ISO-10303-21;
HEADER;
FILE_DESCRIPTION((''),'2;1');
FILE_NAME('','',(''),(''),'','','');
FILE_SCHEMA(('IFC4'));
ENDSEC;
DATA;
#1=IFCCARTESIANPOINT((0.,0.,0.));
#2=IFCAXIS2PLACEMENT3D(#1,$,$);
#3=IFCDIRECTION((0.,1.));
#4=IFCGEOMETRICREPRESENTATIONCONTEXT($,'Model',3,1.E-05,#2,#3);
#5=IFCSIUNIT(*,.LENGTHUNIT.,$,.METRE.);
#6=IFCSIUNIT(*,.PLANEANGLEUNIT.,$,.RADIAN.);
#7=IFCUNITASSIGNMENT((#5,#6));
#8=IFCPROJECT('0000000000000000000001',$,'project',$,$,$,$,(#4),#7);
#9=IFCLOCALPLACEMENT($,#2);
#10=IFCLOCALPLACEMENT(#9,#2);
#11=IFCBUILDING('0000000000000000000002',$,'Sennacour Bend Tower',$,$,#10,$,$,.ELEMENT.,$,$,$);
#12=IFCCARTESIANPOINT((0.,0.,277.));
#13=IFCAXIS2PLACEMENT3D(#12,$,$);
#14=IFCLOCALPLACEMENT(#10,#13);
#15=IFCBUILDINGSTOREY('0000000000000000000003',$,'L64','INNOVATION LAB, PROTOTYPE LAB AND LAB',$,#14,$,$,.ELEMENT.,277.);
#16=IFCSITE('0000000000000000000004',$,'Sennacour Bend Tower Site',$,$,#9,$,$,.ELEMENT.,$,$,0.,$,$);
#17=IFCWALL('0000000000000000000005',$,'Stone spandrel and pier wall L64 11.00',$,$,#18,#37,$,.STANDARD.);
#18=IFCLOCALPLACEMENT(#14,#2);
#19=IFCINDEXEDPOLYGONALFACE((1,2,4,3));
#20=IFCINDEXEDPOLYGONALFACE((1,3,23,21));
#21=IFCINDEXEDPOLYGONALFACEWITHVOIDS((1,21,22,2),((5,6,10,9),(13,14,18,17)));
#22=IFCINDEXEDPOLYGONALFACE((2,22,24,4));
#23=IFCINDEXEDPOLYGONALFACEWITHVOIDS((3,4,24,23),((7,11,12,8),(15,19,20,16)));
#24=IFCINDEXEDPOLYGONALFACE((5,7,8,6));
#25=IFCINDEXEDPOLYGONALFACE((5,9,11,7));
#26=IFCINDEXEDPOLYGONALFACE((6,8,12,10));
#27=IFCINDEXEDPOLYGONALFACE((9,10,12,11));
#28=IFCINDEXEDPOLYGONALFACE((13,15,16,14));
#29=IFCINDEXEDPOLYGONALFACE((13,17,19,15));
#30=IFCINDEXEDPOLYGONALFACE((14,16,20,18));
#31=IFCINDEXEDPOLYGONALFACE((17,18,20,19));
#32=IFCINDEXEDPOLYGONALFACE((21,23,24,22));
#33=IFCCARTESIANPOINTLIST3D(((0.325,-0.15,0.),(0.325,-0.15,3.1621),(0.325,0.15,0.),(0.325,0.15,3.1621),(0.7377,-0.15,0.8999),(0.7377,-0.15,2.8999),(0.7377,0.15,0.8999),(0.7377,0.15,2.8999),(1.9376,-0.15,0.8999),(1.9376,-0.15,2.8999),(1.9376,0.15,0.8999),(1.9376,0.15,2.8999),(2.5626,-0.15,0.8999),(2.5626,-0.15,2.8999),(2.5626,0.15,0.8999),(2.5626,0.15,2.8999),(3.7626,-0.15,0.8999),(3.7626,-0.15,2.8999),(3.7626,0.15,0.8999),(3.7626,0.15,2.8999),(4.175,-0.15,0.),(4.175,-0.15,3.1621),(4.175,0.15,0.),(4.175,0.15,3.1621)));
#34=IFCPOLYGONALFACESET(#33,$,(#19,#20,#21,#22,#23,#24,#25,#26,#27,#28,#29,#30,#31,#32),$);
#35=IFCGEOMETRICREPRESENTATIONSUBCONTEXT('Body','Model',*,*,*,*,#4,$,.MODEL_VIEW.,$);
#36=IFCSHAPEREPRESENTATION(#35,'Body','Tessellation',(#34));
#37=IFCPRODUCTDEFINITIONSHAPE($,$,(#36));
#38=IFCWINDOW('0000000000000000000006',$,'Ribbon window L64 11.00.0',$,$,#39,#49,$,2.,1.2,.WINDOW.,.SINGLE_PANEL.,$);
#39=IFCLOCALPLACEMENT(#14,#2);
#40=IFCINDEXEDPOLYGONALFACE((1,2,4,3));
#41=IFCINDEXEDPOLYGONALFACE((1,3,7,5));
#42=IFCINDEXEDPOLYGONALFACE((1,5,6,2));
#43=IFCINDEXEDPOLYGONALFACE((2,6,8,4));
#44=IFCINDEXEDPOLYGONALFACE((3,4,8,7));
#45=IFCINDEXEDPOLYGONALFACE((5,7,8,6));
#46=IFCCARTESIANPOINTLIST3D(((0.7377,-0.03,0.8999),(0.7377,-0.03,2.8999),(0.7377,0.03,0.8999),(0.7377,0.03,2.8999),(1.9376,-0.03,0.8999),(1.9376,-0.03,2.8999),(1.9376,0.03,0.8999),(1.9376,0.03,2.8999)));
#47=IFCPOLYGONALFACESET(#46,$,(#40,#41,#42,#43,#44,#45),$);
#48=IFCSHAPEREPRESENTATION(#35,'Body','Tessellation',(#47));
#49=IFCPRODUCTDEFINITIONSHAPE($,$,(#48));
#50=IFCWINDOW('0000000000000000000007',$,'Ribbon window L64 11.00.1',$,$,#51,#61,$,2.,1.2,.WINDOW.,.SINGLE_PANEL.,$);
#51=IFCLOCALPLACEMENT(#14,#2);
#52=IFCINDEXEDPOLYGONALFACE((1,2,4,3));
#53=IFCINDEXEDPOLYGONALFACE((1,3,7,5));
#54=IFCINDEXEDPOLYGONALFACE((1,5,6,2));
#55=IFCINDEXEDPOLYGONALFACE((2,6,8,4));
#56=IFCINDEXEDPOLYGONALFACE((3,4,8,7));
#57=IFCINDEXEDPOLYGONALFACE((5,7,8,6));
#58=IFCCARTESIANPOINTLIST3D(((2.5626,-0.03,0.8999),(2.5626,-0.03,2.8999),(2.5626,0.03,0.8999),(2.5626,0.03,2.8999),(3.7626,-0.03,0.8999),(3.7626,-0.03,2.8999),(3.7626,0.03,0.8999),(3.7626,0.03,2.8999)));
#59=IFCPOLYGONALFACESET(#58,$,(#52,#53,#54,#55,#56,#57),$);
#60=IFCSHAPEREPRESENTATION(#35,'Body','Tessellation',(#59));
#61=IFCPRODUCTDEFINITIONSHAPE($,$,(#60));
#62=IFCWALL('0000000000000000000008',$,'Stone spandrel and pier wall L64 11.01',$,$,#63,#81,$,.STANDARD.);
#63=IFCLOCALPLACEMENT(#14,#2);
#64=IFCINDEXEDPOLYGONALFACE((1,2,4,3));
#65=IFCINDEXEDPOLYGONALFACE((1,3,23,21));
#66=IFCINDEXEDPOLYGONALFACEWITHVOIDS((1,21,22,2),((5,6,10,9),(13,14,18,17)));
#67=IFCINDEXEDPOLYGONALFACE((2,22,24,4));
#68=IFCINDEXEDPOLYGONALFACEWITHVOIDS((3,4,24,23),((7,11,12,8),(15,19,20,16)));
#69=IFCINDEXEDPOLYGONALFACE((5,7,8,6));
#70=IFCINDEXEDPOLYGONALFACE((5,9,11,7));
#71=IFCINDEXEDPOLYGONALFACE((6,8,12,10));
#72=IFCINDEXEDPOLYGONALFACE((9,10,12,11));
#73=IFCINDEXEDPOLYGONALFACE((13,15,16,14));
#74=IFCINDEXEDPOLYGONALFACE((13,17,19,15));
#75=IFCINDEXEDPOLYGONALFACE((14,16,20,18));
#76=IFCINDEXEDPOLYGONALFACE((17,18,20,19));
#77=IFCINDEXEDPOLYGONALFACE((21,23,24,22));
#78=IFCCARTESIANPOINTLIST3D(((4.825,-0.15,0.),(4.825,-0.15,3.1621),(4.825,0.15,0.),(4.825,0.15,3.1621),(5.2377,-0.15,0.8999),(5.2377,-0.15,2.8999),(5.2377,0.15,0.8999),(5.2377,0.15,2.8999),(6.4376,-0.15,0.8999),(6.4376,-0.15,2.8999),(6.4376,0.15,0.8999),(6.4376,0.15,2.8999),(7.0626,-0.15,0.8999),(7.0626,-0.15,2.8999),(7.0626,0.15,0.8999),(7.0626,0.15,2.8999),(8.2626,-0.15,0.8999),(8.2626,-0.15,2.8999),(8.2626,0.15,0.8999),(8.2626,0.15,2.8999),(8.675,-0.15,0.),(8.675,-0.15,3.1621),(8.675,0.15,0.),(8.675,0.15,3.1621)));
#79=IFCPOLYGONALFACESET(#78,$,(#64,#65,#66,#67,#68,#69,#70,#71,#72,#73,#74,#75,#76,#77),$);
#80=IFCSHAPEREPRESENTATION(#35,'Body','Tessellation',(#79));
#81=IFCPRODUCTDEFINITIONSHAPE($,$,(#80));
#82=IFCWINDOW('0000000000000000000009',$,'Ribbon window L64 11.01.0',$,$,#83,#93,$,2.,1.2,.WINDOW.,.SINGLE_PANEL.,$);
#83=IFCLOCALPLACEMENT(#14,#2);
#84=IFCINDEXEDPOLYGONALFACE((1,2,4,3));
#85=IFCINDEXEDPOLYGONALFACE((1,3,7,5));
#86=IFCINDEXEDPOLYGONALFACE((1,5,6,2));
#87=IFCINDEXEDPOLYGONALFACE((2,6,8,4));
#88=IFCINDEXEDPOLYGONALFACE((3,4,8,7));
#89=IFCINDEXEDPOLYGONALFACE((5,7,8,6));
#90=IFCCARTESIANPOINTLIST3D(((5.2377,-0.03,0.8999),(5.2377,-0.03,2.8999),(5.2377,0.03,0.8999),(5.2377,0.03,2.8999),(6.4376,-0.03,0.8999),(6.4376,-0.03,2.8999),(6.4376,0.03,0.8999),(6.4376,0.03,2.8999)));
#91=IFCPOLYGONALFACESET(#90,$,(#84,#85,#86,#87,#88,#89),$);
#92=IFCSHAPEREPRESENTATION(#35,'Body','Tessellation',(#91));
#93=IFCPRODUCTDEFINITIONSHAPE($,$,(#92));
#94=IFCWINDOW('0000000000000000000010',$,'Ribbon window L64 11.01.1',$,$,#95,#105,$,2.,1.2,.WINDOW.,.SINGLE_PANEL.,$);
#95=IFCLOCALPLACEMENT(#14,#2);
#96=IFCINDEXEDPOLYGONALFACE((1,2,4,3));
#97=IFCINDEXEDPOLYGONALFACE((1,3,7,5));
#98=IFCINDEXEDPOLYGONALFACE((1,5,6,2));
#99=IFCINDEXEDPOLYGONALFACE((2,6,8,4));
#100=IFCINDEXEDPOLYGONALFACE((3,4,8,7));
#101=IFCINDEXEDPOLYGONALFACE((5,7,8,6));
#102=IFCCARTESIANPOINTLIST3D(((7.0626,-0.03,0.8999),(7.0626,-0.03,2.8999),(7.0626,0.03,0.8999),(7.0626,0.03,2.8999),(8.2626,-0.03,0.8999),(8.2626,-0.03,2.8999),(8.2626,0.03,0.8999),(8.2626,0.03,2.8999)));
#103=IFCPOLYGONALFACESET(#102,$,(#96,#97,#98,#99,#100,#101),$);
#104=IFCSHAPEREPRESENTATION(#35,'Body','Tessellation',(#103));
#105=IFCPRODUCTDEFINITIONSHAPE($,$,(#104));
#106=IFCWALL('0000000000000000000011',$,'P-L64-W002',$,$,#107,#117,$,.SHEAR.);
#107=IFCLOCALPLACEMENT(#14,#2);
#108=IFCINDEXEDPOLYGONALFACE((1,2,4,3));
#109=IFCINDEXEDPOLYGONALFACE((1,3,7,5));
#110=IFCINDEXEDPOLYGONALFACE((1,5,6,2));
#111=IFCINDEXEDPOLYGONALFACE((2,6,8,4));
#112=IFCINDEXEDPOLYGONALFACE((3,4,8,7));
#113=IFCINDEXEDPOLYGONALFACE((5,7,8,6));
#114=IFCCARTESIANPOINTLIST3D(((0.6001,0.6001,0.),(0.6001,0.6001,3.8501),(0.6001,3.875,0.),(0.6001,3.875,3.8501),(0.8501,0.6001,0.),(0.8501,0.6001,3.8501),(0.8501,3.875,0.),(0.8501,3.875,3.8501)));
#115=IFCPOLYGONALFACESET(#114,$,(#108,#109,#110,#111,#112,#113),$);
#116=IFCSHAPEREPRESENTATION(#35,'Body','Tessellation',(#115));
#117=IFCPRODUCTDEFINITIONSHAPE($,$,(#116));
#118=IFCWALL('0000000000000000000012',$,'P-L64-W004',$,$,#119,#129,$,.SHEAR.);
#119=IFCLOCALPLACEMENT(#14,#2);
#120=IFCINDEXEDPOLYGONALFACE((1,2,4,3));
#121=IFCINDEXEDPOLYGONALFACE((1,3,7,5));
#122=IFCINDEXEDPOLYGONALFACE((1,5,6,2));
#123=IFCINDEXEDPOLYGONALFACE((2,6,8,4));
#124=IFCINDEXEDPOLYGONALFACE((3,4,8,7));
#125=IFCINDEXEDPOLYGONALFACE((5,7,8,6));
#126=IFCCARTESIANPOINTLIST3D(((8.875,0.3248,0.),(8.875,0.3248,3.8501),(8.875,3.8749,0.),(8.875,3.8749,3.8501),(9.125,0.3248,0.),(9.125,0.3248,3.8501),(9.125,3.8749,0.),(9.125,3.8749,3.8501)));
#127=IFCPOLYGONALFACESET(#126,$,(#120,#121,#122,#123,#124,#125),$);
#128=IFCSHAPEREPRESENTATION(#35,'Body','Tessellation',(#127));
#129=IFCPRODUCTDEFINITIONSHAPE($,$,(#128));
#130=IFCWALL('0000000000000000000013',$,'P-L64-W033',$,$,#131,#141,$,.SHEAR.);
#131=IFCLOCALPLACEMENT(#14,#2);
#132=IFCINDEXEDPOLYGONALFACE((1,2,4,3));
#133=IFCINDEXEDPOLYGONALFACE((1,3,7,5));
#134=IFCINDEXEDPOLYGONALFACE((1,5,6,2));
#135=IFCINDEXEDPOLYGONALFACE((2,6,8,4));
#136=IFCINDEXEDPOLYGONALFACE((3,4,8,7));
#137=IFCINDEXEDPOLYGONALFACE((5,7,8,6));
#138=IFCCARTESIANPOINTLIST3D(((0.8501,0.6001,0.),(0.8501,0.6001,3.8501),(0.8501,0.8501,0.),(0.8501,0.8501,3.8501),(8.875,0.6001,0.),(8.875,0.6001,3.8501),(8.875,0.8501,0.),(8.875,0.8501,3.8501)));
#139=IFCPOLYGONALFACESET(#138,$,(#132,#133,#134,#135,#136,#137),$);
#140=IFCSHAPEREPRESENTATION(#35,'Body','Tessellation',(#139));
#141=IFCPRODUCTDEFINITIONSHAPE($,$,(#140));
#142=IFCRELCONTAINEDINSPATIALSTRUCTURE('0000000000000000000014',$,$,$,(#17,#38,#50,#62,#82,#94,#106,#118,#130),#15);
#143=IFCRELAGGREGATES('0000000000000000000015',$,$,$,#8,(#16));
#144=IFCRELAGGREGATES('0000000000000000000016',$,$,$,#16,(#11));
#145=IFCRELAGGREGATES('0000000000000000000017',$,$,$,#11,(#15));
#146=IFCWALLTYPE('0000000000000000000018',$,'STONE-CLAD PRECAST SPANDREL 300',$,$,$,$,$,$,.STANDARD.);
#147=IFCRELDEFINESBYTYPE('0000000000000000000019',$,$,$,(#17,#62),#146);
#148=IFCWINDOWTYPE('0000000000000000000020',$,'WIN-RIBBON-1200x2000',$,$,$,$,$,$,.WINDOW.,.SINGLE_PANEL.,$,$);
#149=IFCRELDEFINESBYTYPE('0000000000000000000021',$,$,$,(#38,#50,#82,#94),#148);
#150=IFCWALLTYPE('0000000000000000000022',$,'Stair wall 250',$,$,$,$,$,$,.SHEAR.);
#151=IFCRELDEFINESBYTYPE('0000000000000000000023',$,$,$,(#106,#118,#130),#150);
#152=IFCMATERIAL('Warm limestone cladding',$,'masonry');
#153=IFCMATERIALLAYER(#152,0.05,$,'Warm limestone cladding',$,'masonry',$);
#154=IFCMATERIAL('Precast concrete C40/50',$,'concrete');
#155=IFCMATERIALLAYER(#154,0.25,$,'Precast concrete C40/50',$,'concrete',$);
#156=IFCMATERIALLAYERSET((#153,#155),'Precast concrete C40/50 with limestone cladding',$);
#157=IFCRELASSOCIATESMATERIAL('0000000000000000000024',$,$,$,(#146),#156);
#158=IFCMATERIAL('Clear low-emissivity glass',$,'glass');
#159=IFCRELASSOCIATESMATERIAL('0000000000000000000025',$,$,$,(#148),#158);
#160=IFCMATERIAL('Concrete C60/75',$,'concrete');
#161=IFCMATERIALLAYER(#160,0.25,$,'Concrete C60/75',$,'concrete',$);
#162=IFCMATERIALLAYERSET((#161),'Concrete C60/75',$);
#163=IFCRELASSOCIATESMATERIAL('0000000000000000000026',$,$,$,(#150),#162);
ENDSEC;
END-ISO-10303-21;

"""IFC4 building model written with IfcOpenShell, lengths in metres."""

from ifc_helpers import new_model, si_unit, direction, frame, frame_2d, origin, place, context, subcontext, project, spatial, rectangle, extrude, material, layer, layer_set, type_object, element, fill, save


model = new_model("IFC4")

# Units and contexts
model_context = context("Model", 3, precision=1e-05, world=origin(), true_north=direction((0.0, 1.0)))
body_context = subcontext(model_context, "Body", "Model", "MODEL_VIEW")
ifc_project = project(units=[si_unit("LENGTHUNIT", "METRE"), si_unit("PLANEANGLEUNIT", "RADIAN")], contexts=[model_context])

# Site, building, storey
site_placement = place(None, origin())
site = spatial("IfcSite", under=ifc_project, at=site_placement, Name="Sennacour Bend Tower Site", CompositionType="ELEMENT", RefElevation=0.0)
building_placement = place(site_placement, origin())
building = spatial("IfcBuilding", under=site, at=building_placement, Name="Sennacour Bend Tower", CompositionType="ELEMENT")
storey_placement = place(building_placement, frame((0.0, 0.0, 277.0)))
storey = spatial("IfcBuildingStorey", under=building, at=storey_placement, Name="L64", Description="INNOVATION LAB, PROTOTYPE LAB AND LAB", CompositionType="ELEMENT", Elevation=277.0)

# Walls, openings, windows
ifc_material_1 = material(Name="Warm limestone cladding", Category="masonry")
ifc_layer_1 = layer(ifc_material_1, 0.05, Name="Warm limestone cladding", Category="masonry")
ifc_material_2 = material(Name="Precast concrete C40/50", Category="concrete")
ifc_layer_2 = layer(ifc_material_2, 0.25, Name="Precast concrete C40/50", Category="concrete")
ifc_layer_set_1 = layer_set([ifc_layer_1, ifc_layer_2], Name="Precast concrete C40/50 with limestone cladding")
wall_type_1 = type_object("IfcWallType", Name="STONE-CLAD PRECAST SPANDREL 300", PredefinedType="STANDARD", material=ifc_layer_set_1)
wall_1_placement = place(storey_placement, frame((0.325, 0.0, 0.0), z_axis=(0.0, 0.0, 1.0), x_axis=(1.0, 0.0, 0.0)))
wall_1 = element("IfcWall", 1, at=wall_1_placement, inside=storey, type_object=wall_type_1, Name="Stone spandrel and pier wall L64 11.00", PredefinedType="STANDARD", context=body_context, shape_type="SweptSolid", body=[
    extrude(rectangle(XDim=3.8501, YDim=0.3, at=frame_2d((1.925, 0.0))), origin(), (0.0, 0.0, 1.0), 3.1621),
])
opening_1_placement = place(wall_1_placement, frame((0.4126, 0.0, 0.8999)))
opening_1 = element("IfcOpeningElement", 2, at=opening_1_placement, cuts=wall_1, PredefinedType="OPENING", context=body_context, shape_type="SweptSolid", body=[
    extrude(rectangle(XDim=1.2, YDim=2.0, at=frame_2d((0.6001, 1.0))), frame((0.0, 0.1602, 0.0), z_axis=(0.0, -1.0, 0.0), x_axis=(1.0, 0.0, 0.0)), (0.0, 0.0, 1.0), 0.3201),
])
opening_2_placement = place(wall_1_placement, frame((2.2375, 0.0, 0.8999)))
opening_2 = element("IfcOpeningElement", 3, at=opening_2_placement, cuts=wall_1, PredefinedType="OPENING", context=body_context, shape_type="SweptSolid", body=[
    extrude(rectangle(XDim=1.2, YDim=2.0, at=frame_2d((0.6001, 1.0))), frame((0.0, 0.1602, 0.0), z_axis=(0.0, -1.0, 0.0), x_axis=(1.0, 0.0, 0.0)), (0.0, 0.0, 1.0), 0.3201),
])
ifc_material_3 = material(Name="Clear low-emissivity glass", Category="glass")
window_type = type_object("IfcWindowType", Name="WIN-RIBBON-1200x2000", PartitioningType="SINGLE_PANEL", PredefinedType="WINDOW", material=ifc_material_3)
window_1_placement = place(opening_1_placement, origin())
window_1 = element("IfcWindow", 4, at=window_1_placement, inside=storey, type_object=window_type, Name="Ribbon window L64 11.00.0", OverallHeight=2.0, OverallWidth=1.2, PartitioningType="SINGLE_PANEL", PredefinedType="WINDOW", context=body_context, shape_type="SweptSolid", body=[
    extrude(rectangle(XDim=1.2, YDim=2.0, at=frame_2d((0.6001, 1.0))), frame((0.0, 0.03, 0.0), z_axis=(0.0, -1.0, 0.0), x_axis=(1.0, 0.0, 0.0)), (0.0, 0.0, 1.0), 0.0601),
])
fill(opening_1, window_1)
window_2_placement = place(opening_2_placement, origin())
window_2 = element("IfcWindow", 5, at=window_2_placement, inside=storey, type_object=window_type, Name="Ribbon window L64 11.00.1", OverallHeight=2.0, OverallWidth=1.2, PartitioningType="SINGLE_PANEL", PredefinedType="WINDOW", context=body_context, shape_type="SweptSolid", body=[
    extrude(rectangle(XDim=1.2, YDim=2.0, at=frame_2d((0.6001, 1.0))), frame((0.0, 0.03, 0.0), z_axis=(0.0, -1.0, 0.0), x_axis=(1.0, 0.0, 0.0)), (0.0, 0.0, 1.0), 0.0601),
])
fill(opening_2, window_2)
wall_2_placement = place(storey_placement, frame((4.825, 0.0, 0.0), z_axis=(0.0, 0.0, 1.0), x_axis=(1.0, 0.0, 0.0)))
wall_2 = element("IfcWall", 6, at=wall_2_placement, inside=storey, type_object=wall_type_1, Name="Stone spandrel and pier wall L64 11.01", PredefinedType="STANDARD", context=body_context, shape_type="SweptSolid", body=[
    extrude(rectangle(XDim=3.8501, YDim=0.3, at=frame_2d((1.925, 0.0))), origin(), (0.0, 0.0, 1.0), 3.1621),
])
opening_3_placement = place(wall_2_placement, frame((0.4126, 0.0, 0.8999)))
opening_3 = element("IfcOpeningElement", 7, at=opening_3_placement, cuts=wall_2, PredefinedType="OPENING", context=body_context, shape_type="SweptSolid", body=[
    extrude(rectangle(XDim=1.2, YDim=2.0, at=frame_2d((0.6001, 1.0))), frame((0.0, 0.1602, 0.0), z_axis=(0.0, -1.0, 0.0), x_axis=(1.0, 0.0, 0.0)), (0.0, 0.0, 1.0), 0.3201),
])
opening_4_placement = place(wall_2_placement, frame((2.2375, 0.0, 0.8999)))
opening_4 = element("IfcOpeningElement", 8, at=opening_4_placement, cuts=wall_2, PredefinedType="OPENING", context=body_context, shape_type="SweptSolid", body=[
    extrude(rectangle(XDim=1.2, YDim=2.0, at=frame_2d((0.6001, 1.0))), frame((0.0, 0.1602, 0.0), z_axis=(0.0, -1.0, 0.0), x_axis=(1.0, 0.0, 0.0)), (0.0, 0.0, 1.0), 0.3201),
])
window_3_placement = place(opening_3_placement, origin())
window_3 = element("IfcWindow", 9, at=window_3_placement, inside=storey, type_object=window_type, Name="Ribbon window L64 11.01.0", OverallHeight=2.0, OverallWidth=1.2, PartitioningType="SINGLE_PANEL", PredefinedType="WINDOW", context=body_context, shape_type="SweptSolid", body=[
    extrude(rectangle(XDim=1.2, YDim=2.0, at=frame_2d((0.6001, 1.0))), frame((0.0, 0.03, 0.0), z_axis=(0.0, -1.0, 0.0), x_axis=(1.0, 0.0, 0.0)), (0.0, 0.0, 1.0), 0.0601),
])
fill(opening_3, window_3)
window_4_placement = place(opening_4_placement, origin())
window_4 = element("IfcWindow", 10, at=window_4_placement, inside=storey, type_object=window_type, Name="Ribbon window L64 11.01.1", OverallHeight=2.0, OverallWidth=1.2, PartitioningType="SINGLE_PANEL", PredefinedType="WINDOW", context=body_context, shape_type="SweptSolid", body=[
    extrude(rectangle(XDim=1.2, YDim=2.0, at=frame_2d((0.6001, 1.0))), frame((0.0, 0.03, 0.0), z_axis=(0.0, -1.0, 0.0), x_axis=(1.0, 0.0, 0.0)), (0.0, 0.0, 1.0), 0.0601),
])
fill(opening_4, window_4)

# Walls
ifc_material_4 = material(Name="Concrete C60/75", Category="concrete")
ifc_layer_3 = layer(ifc_material_4, 0.25, Name="Concrete C60/75", Category="concrete")
ifc_layer_set_2 = layer_set([ifc_layer_3], Name="Concrete C60/75")
wall_type_2 = type_object("IfcWallType", Name="Stair wall 250", PredefinedType="SHEAR", material=ifc_layer_set_2)
wall_3_placement = place(storey_placement, frame((0.7251, 0.6001, 0.0), z_axis=(0.0, 0.0, 1.0), x_axis=(0.0, 1.0, 0.0)))
element("IfcWall", 11, at=wall_3_placement, inside=storey, type_object=wall_type_2, Name="P-L64-W002", PredefinedType="SHEAR", context=body_context, shape_type="SweptSolid", body=[
    extrude(rectangle(XDim=3.2749, YDim=0.25, at=frame_2d((1.6375, 0.0))), origin(), (0.0, 0.0, 1.0), 3.8501),
])
wall_4_placement = place(storey_placement, frame((9.0, 0.325, 0.0), z_axis=(0.0, 0.0, 1.0), x_axis=(0.0, 1.0, 0.0)))
element("IfcWall", 12, at=wall_4_placement, inside=storey, type_object=wall_type_2, Name="P-L64-W004", PredefinedType="SHEAR", context=body_context, shape_type="SweptSolid", body=[
    extrude(rectangle(XDim=3.55, YDim=0.25, at=frame_2d((1.7749, 0.0))), origin(), (0.0, 0.0, 1.0), 3.8501),
])
wall_5_placement = place(storey_placement, frame((0.8501, 0.7251, 0.0), z_axis=(0.0, 0.0, 1.0), x_axis=(1.0, 0.0, 0.0)))
element("IfcWall", 13, at=wall_5_placement, inside=storey, type_object=wall_type_2, Name="P-L64-W033", PredefinedType="SHEAR", context=body_context, shape_type="SweptSolid", body=[
    extrude(rectangle(XDim=8.0249, YDim=0.25, at=frame_2d((4.0125, 0.0))), origin(), (0.0, 0.0, 1.0), 3.8501),
])

save(model, "model.ifc")
